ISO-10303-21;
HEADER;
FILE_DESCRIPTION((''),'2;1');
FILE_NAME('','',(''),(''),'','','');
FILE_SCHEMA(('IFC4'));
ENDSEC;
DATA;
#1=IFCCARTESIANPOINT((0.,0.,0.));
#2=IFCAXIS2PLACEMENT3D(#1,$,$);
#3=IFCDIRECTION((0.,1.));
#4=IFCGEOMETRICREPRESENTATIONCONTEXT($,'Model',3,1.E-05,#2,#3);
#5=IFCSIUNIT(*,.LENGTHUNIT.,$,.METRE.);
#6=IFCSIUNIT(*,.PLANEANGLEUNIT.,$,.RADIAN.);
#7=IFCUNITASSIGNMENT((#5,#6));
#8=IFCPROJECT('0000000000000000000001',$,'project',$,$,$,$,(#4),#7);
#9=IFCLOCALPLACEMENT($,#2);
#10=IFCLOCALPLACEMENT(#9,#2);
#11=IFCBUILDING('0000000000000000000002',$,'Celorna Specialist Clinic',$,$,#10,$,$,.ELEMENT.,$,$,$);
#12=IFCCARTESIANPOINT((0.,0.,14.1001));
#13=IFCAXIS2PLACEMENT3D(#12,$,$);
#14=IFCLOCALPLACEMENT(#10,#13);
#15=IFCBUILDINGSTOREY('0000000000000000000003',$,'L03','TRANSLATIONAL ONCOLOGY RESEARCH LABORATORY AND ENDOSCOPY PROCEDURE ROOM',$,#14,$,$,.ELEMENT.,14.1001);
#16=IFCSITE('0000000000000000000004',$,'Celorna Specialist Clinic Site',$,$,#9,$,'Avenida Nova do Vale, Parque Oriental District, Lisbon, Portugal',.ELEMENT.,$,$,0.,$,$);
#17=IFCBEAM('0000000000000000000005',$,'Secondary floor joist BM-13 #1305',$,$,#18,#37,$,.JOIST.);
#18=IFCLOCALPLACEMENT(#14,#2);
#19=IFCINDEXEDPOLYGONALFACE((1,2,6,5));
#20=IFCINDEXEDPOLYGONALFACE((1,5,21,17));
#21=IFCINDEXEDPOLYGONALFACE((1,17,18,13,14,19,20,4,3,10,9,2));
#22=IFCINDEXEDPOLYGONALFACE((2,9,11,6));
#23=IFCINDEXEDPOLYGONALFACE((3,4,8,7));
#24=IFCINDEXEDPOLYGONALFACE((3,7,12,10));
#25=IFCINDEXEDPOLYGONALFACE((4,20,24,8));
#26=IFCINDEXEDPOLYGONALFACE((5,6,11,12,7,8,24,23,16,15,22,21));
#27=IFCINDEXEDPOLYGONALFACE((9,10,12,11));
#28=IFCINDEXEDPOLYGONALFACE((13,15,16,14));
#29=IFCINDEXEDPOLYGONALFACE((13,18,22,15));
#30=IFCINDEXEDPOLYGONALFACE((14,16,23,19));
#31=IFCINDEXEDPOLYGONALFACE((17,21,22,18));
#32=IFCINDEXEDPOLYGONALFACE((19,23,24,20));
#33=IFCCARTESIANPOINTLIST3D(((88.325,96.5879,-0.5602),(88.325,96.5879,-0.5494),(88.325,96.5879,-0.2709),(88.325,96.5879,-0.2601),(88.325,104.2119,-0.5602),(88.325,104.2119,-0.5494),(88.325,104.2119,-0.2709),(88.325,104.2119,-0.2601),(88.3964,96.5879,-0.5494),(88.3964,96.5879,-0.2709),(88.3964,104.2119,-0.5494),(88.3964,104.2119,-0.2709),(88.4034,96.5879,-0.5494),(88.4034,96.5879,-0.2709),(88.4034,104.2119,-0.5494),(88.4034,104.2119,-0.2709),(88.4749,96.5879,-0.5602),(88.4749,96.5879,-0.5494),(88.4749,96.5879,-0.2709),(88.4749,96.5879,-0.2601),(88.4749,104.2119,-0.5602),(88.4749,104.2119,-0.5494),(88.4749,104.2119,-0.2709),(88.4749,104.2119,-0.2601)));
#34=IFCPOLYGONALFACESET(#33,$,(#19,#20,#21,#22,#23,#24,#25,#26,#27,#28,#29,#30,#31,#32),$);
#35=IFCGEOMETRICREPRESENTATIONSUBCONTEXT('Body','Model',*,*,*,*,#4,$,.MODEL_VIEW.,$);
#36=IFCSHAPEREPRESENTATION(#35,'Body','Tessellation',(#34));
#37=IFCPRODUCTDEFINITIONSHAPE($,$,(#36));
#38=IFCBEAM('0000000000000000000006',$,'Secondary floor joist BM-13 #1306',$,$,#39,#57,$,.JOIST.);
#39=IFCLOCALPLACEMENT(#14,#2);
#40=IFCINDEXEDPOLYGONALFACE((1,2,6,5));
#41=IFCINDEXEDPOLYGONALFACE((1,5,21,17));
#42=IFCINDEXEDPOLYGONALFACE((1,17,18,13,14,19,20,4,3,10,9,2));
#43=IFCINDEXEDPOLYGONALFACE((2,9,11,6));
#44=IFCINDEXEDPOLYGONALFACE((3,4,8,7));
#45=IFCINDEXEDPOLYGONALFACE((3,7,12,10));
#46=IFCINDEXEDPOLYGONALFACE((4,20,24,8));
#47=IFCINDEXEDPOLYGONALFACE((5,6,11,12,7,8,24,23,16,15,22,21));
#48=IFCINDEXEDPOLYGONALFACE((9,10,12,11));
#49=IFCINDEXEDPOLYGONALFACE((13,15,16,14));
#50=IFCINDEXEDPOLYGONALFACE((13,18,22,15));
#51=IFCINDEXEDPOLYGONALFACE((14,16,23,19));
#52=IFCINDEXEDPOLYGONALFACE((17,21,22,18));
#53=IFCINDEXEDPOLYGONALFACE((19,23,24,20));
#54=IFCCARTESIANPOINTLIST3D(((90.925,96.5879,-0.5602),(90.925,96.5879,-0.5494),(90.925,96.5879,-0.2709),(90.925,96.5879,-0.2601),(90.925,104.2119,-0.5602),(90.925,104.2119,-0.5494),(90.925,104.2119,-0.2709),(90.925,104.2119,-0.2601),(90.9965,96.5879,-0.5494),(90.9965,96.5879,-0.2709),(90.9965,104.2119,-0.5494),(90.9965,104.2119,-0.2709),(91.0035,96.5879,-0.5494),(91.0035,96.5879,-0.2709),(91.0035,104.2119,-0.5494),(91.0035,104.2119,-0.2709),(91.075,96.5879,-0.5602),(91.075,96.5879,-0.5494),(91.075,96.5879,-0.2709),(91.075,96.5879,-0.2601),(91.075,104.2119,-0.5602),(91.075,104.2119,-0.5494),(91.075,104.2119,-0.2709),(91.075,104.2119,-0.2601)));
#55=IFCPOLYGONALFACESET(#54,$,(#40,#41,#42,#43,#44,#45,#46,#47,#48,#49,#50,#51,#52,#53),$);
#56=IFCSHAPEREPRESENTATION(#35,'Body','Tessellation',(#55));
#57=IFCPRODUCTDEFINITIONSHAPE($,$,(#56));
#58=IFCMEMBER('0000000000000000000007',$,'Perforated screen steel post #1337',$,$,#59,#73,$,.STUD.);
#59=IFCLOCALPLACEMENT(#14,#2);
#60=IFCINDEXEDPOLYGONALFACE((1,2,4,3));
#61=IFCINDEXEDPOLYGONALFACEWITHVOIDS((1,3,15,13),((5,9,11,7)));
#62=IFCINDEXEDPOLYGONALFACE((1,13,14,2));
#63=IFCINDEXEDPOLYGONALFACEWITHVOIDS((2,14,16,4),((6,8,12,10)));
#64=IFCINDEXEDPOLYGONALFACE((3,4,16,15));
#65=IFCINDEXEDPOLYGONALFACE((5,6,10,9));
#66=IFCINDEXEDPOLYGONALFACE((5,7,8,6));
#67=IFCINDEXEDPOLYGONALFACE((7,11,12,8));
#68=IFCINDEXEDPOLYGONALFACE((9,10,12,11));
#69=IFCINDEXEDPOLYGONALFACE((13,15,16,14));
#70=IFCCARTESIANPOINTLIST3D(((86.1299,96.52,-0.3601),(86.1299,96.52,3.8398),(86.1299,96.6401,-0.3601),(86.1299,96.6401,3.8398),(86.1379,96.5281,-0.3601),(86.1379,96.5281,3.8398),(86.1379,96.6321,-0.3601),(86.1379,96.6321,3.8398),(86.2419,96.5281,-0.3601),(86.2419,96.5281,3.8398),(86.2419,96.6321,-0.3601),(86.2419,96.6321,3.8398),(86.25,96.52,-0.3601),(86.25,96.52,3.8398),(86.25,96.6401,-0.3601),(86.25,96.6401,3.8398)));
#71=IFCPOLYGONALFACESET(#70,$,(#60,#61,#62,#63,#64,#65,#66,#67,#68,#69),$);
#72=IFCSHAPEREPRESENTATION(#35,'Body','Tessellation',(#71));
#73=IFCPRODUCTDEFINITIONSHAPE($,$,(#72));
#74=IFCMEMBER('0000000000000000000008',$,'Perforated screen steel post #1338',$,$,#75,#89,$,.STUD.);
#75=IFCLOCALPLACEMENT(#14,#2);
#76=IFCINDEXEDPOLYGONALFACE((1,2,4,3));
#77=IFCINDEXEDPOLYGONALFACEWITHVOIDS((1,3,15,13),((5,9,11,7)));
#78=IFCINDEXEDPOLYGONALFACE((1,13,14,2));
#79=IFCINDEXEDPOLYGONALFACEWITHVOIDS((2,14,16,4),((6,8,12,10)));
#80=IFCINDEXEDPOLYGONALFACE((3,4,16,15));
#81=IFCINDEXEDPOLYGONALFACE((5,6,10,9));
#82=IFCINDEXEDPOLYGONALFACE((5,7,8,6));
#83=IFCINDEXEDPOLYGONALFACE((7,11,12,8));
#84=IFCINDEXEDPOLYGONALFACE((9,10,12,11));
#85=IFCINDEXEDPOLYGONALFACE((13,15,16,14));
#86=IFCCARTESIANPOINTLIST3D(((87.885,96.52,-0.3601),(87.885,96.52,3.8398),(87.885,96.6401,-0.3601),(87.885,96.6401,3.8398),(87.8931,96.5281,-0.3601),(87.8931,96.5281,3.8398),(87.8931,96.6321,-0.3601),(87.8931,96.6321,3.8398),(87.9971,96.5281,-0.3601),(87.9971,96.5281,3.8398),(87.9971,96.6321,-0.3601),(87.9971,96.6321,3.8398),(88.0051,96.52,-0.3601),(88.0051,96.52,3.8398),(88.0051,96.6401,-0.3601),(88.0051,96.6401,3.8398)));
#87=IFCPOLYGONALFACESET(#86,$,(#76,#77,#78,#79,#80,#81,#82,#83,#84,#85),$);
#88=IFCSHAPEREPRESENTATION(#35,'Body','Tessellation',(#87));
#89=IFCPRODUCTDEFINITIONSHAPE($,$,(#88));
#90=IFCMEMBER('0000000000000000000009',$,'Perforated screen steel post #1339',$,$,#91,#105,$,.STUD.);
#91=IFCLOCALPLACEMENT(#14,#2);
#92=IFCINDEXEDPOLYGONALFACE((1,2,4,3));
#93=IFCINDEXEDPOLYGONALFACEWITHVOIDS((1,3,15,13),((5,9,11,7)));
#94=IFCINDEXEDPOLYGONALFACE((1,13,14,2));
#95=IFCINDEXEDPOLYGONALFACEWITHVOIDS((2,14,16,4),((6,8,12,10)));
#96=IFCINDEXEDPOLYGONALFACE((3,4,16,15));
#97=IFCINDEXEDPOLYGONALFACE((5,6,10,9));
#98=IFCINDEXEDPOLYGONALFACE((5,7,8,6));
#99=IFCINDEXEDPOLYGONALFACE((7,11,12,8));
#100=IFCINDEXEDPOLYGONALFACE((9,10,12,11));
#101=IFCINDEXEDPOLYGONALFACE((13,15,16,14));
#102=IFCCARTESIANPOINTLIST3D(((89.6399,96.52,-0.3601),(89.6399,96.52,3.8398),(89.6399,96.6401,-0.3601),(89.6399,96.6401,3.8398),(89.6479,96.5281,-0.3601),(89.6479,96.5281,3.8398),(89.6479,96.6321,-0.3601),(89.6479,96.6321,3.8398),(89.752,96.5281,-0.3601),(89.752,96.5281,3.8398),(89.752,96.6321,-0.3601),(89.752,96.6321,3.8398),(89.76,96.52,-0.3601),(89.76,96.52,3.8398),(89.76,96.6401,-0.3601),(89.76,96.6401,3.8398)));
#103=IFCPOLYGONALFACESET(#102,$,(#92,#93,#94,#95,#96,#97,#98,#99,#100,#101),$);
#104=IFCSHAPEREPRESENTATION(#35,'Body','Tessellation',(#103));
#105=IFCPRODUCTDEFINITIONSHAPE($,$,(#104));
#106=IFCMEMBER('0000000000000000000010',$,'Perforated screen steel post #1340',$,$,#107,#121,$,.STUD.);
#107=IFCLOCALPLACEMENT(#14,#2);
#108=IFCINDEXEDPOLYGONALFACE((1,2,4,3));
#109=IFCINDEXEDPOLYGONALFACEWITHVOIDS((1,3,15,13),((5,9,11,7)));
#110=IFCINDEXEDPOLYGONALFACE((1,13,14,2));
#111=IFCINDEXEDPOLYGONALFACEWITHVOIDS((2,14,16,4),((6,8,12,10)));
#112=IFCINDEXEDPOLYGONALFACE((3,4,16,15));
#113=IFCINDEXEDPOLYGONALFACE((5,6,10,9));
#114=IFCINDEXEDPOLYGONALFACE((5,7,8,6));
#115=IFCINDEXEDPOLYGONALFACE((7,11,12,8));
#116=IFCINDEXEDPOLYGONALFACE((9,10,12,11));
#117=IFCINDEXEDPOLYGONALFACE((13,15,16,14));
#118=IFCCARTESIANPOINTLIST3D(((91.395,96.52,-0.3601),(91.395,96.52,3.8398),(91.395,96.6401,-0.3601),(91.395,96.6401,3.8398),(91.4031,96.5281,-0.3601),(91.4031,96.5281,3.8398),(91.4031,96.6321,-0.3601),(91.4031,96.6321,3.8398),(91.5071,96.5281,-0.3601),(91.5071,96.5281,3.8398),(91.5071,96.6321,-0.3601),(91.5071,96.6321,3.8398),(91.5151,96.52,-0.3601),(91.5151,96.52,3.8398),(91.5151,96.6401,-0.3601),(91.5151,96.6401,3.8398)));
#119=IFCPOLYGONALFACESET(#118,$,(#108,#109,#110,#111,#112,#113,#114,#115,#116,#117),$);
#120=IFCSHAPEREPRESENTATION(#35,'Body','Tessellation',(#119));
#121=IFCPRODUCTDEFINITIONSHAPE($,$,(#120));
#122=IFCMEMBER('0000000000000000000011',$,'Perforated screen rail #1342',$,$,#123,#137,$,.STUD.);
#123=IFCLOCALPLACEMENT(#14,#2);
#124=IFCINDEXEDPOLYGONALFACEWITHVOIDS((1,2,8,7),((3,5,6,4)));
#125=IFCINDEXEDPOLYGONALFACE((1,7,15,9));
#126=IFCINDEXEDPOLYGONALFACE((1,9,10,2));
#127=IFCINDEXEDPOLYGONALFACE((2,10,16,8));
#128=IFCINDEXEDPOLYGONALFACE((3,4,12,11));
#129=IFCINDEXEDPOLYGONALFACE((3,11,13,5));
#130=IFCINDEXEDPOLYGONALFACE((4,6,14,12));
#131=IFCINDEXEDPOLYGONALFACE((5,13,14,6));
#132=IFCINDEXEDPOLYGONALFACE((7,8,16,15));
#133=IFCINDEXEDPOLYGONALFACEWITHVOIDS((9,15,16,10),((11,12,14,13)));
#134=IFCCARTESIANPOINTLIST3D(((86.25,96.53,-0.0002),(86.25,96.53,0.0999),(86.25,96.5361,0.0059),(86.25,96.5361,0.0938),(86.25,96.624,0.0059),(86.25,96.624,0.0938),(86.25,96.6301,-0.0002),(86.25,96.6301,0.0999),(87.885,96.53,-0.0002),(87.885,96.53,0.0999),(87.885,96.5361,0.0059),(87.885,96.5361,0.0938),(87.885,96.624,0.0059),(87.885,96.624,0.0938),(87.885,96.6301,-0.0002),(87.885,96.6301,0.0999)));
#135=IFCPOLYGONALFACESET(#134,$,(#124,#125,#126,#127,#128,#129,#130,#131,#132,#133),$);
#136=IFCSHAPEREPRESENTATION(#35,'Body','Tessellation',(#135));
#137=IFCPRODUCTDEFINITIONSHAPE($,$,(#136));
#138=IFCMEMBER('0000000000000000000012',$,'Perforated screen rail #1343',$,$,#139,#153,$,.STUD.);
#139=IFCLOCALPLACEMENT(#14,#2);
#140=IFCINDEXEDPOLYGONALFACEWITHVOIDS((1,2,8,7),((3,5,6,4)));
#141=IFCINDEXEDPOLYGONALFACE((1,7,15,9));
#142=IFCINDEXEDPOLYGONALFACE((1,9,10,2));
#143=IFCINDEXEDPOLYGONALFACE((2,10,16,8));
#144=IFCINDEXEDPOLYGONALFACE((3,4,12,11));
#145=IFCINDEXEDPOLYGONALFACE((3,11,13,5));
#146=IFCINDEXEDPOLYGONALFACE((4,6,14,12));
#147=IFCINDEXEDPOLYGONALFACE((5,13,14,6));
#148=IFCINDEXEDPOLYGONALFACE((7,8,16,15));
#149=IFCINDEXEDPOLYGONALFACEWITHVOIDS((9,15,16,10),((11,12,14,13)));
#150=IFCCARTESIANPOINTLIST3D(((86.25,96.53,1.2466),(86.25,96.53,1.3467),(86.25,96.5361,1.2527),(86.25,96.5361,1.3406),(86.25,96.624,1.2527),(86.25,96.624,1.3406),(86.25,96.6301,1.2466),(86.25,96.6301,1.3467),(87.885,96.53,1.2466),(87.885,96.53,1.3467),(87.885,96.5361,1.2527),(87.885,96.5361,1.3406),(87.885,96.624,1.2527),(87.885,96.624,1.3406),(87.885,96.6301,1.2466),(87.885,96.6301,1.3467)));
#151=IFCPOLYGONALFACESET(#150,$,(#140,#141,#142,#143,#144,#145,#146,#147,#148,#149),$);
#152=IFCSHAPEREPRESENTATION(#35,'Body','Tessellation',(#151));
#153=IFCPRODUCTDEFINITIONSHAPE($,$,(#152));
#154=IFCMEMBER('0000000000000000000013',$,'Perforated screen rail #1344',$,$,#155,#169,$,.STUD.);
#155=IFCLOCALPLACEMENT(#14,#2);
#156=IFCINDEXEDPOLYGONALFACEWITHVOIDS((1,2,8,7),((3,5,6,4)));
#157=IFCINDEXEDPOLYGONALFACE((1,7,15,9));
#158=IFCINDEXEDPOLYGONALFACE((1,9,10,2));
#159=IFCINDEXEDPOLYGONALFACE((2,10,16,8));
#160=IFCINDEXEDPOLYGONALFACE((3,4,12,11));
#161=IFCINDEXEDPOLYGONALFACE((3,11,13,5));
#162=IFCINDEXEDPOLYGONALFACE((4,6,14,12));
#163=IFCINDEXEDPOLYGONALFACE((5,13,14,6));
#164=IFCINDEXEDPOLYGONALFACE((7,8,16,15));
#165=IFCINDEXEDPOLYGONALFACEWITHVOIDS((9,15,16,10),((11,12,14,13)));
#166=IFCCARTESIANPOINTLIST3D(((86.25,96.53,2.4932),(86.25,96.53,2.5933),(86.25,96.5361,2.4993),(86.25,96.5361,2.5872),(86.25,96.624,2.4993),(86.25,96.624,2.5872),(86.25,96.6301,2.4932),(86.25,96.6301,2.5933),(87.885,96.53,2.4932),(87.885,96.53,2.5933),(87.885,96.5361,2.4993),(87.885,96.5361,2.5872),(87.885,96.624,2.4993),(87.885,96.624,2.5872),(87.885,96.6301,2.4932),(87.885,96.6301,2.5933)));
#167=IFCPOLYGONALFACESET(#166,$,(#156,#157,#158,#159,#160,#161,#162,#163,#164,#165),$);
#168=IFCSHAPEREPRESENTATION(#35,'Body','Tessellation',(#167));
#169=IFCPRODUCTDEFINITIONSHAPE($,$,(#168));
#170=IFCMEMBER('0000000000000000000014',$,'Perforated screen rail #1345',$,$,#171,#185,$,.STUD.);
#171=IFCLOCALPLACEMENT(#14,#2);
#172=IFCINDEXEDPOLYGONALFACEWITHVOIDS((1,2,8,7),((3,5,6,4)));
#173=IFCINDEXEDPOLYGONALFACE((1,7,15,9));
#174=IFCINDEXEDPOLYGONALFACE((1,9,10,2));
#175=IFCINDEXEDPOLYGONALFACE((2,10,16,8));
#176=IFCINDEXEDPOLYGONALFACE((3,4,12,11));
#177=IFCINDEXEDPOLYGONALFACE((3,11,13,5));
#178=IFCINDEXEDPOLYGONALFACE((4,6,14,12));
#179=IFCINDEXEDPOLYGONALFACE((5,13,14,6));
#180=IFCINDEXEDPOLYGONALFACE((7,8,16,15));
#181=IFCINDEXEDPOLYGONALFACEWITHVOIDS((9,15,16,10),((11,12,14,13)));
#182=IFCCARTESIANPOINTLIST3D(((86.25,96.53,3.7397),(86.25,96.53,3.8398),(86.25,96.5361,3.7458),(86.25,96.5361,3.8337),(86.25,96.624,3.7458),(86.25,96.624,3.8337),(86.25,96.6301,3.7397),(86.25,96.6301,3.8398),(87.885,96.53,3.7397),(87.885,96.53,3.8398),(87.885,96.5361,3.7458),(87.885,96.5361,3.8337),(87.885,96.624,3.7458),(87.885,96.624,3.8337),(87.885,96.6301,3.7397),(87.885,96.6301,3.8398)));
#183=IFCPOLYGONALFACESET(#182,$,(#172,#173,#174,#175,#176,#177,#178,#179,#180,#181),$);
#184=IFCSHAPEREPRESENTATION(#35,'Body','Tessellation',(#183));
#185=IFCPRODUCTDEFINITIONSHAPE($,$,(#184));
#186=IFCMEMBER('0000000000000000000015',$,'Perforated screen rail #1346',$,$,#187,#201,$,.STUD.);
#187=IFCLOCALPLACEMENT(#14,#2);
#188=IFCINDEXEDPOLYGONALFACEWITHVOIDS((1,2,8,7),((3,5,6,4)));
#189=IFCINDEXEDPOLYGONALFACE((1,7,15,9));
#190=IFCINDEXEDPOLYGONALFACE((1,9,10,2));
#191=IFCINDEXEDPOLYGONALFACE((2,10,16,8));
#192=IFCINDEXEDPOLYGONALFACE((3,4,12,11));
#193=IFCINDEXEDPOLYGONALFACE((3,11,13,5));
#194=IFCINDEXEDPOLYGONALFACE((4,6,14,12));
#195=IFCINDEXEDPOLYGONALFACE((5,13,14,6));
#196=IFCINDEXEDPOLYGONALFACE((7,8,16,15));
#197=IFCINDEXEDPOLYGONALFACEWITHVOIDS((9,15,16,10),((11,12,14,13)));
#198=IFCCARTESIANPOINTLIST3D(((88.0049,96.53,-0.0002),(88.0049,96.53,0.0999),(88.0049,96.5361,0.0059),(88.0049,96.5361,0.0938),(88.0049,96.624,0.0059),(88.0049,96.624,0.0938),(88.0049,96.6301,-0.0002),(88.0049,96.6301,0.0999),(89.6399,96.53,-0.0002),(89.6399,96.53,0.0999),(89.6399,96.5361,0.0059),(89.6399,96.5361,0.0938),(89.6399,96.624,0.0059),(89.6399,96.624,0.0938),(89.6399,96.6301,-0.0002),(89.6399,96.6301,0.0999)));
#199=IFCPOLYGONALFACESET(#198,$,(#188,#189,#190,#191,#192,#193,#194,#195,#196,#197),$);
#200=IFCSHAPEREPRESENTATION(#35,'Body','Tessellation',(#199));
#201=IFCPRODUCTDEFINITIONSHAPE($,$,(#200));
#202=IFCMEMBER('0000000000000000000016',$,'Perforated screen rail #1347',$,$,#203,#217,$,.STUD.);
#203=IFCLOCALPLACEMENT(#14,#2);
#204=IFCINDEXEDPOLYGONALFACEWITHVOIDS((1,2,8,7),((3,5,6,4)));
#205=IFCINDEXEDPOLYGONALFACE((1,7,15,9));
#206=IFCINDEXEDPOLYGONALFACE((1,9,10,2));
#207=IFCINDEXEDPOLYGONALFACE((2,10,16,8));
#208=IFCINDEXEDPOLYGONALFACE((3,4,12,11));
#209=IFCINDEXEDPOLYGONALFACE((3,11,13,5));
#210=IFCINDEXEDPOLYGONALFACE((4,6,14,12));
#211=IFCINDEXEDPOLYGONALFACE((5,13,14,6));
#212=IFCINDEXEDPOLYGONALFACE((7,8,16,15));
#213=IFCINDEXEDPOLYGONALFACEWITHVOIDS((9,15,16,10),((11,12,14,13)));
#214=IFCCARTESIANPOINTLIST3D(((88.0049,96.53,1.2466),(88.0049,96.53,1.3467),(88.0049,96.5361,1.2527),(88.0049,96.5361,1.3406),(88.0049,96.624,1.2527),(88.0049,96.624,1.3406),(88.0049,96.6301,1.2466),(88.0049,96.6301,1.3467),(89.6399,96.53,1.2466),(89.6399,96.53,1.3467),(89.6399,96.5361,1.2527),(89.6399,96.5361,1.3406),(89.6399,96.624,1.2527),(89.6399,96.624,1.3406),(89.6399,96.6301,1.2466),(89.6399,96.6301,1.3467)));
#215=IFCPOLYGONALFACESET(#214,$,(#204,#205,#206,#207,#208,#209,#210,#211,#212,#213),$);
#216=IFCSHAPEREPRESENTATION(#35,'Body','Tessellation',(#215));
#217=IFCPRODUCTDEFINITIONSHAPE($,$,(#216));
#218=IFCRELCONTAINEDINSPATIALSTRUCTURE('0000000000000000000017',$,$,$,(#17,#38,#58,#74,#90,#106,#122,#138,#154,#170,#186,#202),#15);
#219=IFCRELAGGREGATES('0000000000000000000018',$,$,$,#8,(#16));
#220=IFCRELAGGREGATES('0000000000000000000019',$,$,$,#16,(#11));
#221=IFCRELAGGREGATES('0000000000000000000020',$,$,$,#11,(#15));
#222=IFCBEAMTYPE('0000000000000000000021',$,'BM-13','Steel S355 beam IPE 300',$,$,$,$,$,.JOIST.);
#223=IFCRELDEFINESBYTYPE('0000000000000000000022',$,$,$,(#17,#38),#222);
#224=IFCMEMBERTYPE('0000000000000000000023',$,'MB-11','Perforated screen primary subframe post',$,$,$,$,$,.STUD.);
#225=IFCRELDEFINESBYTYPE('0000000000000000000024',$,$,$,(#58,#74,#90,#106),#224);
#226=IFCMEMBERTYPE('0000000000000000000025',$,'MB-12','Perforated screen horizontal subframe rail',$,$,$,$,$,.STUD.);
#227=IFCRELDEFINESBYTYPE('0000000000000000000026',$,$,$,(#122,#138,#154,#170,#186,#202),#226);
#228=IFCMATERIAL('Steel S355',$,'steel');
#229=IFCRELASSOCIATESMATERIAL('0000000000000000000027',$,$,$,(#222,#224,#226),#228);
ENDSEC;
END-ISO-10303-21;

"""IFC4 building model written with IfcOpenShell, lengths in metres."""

from ifc_helpers import new_model, si_unit, direction, frame, origin, origin_2d, place, context, subcontext, project, spatial, hollow_rectangle, i_section, extrude, material, material_profile, profile_set, type_object, element, save


model = new_model("IFC4")

# Units and contexts
model_context = context("Model", 3, precision=1e-05, world=origin(), true_north=direction((0.0, 1.0)))
body_context = subcontext(model_context, "Body", "Model", "MODEL_VIEW")
ifc_project = project(units=[si_unit("LENGTHUNIT", "METRE"), si_unit("PLANEANGLEUNIT", "RADIAN")], contexts=[model_context])

# Site, building, storey
site_placement = place(None, origin())
site = spatial("IfcSite", under=ifc_project, at=site_placement, Name="Celorna Specialist Clinic Site", LongName="Avenida Nova do Vale, Parque Oriental District, Lisbon, Portugal", CompositionType="ELEMENT", RefElevation=0.0)
building_placement = place(site_placement, origin())
building = spatial("IfcBuilding", under=site, at=building_placement, Name="Celorna Specialist Clinic", CompositionType="ELEMENT")
storey_placement = place(building_placement, frame((0.0, 0.0, 14.1001)))
storey = spatial("IfcBuildingStorey", under=building, at=storey_placement, Name="L03", Description="TRANSLATIONAL ONCOLOGY RESEARCH LABORATORY AND ENDOSCOPY PROCEDURE ROOM", CompositionType="ELEMENT", Elevation=14.1001)

# Beams
ifc_material_1 = material(Name="Steel S355", Category="steel")
ifc_material_profile_1 = material_profile(ifc_material_1, i_section(OverallWidth=0.1499, OverallDepth=0.3, WebThickness=0.0071, FlangeThickness=0.0107, at=origin_2d()), Name="IPE 300")
ifc_profile_set_1 = profile_set([ifc_material_profile_1], Name="Steel S355")
beam_type = type_object("IfcBeamType", Name="BM-13", Description="Steel S355 beam IPE 300", PredefinedType="JOIST", material=ifc_profile_set_1)
for number, where, z_axis, x_axis, name in (
    (1, (88.3999, 96.5879, -0.4102), (0.0, 1.0, 0.0), (-1.0, 0.0, 0.0), "Secondary floor joist BM-13 #1305"),
    (2, (91.0, 96.5879, -0.4102), (0.0, 1.0, 0.0), (-1.0, 0.0, 0.0), "Secondary floor joist BM-13 #1306"),
):
    element("IfcBeam", number, at=place(storey_placement, frame(where, z_axis=z_axis, x_axis=x_axis)), inside=storey, type_object=beam_type, Name=name, PredefinedType="JOIST", context=body_context, shape_type="SweptSolid", body=[
        extrude(i_section(OverallWidth=0.1499, OverallDepth=0.3, WebThickness=0.0071, FlangeThickness=0.0107, at=origin_2d()), origin(), (0.0, 0.0, 1.0), 7.624),
    ])

# Members
ifc_material_profile_2 = material_profile(ifc_material_1, hollow_rectangle(XDim=0.1201, YDim=0.1201, WallThickness=0.0081, at=origin_2d()), Name="SHS 120x120x8")
ifc_profile_set_2 = profile_set([ifc_material_profile_2], Name="Steel S355")
member_type_1 = type_object("IfcMemberType", Name="MB-11", Description="Perforated screen primary subframe post", PredefinedType="STUD", material=ifc_profile_set_2)
for number, where, z_axis, x_axis, name in (
    (3, (86.1899, 96.5801, -0.3601), (0.0, 0.0, 1.0), (1.0, 0.0, 0.0), "Perforated screen steel post #1337"),
    (4, (87.9451, 96.5801, -0.3601), (0.0, 0.0, 1.0), (1.0, 0.0, 0.0), "Perforated screen steel post #1338"),
    (5, (89.7, 96.5801, -0.3601), (0.0, 0.0, 1.0), (1.0, 0.0, 0.0), "Perforated screen steel post #1339"),
    (6, (91.4551, 96.5801, -0.3601), (0.0, 0.0, 1.0), (1.0, 0.0, 0.0), "Perforated screen steel post #1340"),
):
    element("IfcMember", number, at=place(storey_placement, frame(where, z_axis=z_axis, x_axis=x_axis)), inside=storey, type_object=member_type_1, Name=name, PredefinedType="STUD", context=body_context, shape_type="SweptSolid", body=[
        extrude(hollow_rectangle(XDim=0.1201, YDim=0.1201, WallThickness=0.0081, at=origin_2d()), origin(), (0.0, 0.0, 1.0), 4.2),
    ])
ifc_material_profile_3 = material_profile(ifc_material_1, hollow_rectangle(XDim=0.1001, YDim=0.1001, WallThickness=0.0061, at=origin_2d()), Name="SHS 100x100x6")
ifc_profile_set_3 = profile_set([ifc_material_profile_3], Name="Steel S355")
member_type_2 = type_object("IfcMemberType", Name="MB-12", Description="Perforated screen horizontal subframe rail", PredefinedType="STUD", material=ifc_profile_set_3)
for number, where, z_axis, x_axis, name in (
    (7, (86.25, 96.5801, 0.0498), (1.0, 0.0, 0.0), (0.0, 1.0, 0.0), "Perforated screen rail #1342"),
    (8, (86.25, 96.5801, 1.2966), (1.0, 0.0, 0.0), (0.0, 1.0, 0.0), "Perforated screen rail #1343"),
    (9, (86.25, 96.5801, 2.5432), (1.0, 0.0, 0.0), (0.0, 1.0, 0.0), "Perforated screen rail #1344"),
    (10, (86.25, 96.5801, 3.7898), (1.0, 0.0, 0.0), (0.0, 1.0, 0.0), "Perforated screen rail #1345"),
    (11, (88.0049, 96.5801, 0.0498), (1.0, 0.0, 0.0), (0.0, 1.0, 0.0), "Perforated screen rail #1346"),
    (12, (88.0049, 96.5801, 1.2966), (1.0, 0.0, 0.0), (0.0, 1.0, 0.0), "Perforated screen rail #1347"),
):
    element("IfcMember", number, at=place(storey_placement, frame(where, z_axis=z_axis, x_axis=x_axis)), inside=storey, type_object=member_type_2, Name=name, PredefinedType="STUD", context=body_context, shape_type="SweptSolid", body=[
        extrude(hollow_rectangle(XDim=0.1001, YDim=0.1001, WallThickness=0.0061, at=origin_2d()), origin(), (0.0, 0.0, 1.0), 1.635),
    ])

save(model, "model.ifc")
